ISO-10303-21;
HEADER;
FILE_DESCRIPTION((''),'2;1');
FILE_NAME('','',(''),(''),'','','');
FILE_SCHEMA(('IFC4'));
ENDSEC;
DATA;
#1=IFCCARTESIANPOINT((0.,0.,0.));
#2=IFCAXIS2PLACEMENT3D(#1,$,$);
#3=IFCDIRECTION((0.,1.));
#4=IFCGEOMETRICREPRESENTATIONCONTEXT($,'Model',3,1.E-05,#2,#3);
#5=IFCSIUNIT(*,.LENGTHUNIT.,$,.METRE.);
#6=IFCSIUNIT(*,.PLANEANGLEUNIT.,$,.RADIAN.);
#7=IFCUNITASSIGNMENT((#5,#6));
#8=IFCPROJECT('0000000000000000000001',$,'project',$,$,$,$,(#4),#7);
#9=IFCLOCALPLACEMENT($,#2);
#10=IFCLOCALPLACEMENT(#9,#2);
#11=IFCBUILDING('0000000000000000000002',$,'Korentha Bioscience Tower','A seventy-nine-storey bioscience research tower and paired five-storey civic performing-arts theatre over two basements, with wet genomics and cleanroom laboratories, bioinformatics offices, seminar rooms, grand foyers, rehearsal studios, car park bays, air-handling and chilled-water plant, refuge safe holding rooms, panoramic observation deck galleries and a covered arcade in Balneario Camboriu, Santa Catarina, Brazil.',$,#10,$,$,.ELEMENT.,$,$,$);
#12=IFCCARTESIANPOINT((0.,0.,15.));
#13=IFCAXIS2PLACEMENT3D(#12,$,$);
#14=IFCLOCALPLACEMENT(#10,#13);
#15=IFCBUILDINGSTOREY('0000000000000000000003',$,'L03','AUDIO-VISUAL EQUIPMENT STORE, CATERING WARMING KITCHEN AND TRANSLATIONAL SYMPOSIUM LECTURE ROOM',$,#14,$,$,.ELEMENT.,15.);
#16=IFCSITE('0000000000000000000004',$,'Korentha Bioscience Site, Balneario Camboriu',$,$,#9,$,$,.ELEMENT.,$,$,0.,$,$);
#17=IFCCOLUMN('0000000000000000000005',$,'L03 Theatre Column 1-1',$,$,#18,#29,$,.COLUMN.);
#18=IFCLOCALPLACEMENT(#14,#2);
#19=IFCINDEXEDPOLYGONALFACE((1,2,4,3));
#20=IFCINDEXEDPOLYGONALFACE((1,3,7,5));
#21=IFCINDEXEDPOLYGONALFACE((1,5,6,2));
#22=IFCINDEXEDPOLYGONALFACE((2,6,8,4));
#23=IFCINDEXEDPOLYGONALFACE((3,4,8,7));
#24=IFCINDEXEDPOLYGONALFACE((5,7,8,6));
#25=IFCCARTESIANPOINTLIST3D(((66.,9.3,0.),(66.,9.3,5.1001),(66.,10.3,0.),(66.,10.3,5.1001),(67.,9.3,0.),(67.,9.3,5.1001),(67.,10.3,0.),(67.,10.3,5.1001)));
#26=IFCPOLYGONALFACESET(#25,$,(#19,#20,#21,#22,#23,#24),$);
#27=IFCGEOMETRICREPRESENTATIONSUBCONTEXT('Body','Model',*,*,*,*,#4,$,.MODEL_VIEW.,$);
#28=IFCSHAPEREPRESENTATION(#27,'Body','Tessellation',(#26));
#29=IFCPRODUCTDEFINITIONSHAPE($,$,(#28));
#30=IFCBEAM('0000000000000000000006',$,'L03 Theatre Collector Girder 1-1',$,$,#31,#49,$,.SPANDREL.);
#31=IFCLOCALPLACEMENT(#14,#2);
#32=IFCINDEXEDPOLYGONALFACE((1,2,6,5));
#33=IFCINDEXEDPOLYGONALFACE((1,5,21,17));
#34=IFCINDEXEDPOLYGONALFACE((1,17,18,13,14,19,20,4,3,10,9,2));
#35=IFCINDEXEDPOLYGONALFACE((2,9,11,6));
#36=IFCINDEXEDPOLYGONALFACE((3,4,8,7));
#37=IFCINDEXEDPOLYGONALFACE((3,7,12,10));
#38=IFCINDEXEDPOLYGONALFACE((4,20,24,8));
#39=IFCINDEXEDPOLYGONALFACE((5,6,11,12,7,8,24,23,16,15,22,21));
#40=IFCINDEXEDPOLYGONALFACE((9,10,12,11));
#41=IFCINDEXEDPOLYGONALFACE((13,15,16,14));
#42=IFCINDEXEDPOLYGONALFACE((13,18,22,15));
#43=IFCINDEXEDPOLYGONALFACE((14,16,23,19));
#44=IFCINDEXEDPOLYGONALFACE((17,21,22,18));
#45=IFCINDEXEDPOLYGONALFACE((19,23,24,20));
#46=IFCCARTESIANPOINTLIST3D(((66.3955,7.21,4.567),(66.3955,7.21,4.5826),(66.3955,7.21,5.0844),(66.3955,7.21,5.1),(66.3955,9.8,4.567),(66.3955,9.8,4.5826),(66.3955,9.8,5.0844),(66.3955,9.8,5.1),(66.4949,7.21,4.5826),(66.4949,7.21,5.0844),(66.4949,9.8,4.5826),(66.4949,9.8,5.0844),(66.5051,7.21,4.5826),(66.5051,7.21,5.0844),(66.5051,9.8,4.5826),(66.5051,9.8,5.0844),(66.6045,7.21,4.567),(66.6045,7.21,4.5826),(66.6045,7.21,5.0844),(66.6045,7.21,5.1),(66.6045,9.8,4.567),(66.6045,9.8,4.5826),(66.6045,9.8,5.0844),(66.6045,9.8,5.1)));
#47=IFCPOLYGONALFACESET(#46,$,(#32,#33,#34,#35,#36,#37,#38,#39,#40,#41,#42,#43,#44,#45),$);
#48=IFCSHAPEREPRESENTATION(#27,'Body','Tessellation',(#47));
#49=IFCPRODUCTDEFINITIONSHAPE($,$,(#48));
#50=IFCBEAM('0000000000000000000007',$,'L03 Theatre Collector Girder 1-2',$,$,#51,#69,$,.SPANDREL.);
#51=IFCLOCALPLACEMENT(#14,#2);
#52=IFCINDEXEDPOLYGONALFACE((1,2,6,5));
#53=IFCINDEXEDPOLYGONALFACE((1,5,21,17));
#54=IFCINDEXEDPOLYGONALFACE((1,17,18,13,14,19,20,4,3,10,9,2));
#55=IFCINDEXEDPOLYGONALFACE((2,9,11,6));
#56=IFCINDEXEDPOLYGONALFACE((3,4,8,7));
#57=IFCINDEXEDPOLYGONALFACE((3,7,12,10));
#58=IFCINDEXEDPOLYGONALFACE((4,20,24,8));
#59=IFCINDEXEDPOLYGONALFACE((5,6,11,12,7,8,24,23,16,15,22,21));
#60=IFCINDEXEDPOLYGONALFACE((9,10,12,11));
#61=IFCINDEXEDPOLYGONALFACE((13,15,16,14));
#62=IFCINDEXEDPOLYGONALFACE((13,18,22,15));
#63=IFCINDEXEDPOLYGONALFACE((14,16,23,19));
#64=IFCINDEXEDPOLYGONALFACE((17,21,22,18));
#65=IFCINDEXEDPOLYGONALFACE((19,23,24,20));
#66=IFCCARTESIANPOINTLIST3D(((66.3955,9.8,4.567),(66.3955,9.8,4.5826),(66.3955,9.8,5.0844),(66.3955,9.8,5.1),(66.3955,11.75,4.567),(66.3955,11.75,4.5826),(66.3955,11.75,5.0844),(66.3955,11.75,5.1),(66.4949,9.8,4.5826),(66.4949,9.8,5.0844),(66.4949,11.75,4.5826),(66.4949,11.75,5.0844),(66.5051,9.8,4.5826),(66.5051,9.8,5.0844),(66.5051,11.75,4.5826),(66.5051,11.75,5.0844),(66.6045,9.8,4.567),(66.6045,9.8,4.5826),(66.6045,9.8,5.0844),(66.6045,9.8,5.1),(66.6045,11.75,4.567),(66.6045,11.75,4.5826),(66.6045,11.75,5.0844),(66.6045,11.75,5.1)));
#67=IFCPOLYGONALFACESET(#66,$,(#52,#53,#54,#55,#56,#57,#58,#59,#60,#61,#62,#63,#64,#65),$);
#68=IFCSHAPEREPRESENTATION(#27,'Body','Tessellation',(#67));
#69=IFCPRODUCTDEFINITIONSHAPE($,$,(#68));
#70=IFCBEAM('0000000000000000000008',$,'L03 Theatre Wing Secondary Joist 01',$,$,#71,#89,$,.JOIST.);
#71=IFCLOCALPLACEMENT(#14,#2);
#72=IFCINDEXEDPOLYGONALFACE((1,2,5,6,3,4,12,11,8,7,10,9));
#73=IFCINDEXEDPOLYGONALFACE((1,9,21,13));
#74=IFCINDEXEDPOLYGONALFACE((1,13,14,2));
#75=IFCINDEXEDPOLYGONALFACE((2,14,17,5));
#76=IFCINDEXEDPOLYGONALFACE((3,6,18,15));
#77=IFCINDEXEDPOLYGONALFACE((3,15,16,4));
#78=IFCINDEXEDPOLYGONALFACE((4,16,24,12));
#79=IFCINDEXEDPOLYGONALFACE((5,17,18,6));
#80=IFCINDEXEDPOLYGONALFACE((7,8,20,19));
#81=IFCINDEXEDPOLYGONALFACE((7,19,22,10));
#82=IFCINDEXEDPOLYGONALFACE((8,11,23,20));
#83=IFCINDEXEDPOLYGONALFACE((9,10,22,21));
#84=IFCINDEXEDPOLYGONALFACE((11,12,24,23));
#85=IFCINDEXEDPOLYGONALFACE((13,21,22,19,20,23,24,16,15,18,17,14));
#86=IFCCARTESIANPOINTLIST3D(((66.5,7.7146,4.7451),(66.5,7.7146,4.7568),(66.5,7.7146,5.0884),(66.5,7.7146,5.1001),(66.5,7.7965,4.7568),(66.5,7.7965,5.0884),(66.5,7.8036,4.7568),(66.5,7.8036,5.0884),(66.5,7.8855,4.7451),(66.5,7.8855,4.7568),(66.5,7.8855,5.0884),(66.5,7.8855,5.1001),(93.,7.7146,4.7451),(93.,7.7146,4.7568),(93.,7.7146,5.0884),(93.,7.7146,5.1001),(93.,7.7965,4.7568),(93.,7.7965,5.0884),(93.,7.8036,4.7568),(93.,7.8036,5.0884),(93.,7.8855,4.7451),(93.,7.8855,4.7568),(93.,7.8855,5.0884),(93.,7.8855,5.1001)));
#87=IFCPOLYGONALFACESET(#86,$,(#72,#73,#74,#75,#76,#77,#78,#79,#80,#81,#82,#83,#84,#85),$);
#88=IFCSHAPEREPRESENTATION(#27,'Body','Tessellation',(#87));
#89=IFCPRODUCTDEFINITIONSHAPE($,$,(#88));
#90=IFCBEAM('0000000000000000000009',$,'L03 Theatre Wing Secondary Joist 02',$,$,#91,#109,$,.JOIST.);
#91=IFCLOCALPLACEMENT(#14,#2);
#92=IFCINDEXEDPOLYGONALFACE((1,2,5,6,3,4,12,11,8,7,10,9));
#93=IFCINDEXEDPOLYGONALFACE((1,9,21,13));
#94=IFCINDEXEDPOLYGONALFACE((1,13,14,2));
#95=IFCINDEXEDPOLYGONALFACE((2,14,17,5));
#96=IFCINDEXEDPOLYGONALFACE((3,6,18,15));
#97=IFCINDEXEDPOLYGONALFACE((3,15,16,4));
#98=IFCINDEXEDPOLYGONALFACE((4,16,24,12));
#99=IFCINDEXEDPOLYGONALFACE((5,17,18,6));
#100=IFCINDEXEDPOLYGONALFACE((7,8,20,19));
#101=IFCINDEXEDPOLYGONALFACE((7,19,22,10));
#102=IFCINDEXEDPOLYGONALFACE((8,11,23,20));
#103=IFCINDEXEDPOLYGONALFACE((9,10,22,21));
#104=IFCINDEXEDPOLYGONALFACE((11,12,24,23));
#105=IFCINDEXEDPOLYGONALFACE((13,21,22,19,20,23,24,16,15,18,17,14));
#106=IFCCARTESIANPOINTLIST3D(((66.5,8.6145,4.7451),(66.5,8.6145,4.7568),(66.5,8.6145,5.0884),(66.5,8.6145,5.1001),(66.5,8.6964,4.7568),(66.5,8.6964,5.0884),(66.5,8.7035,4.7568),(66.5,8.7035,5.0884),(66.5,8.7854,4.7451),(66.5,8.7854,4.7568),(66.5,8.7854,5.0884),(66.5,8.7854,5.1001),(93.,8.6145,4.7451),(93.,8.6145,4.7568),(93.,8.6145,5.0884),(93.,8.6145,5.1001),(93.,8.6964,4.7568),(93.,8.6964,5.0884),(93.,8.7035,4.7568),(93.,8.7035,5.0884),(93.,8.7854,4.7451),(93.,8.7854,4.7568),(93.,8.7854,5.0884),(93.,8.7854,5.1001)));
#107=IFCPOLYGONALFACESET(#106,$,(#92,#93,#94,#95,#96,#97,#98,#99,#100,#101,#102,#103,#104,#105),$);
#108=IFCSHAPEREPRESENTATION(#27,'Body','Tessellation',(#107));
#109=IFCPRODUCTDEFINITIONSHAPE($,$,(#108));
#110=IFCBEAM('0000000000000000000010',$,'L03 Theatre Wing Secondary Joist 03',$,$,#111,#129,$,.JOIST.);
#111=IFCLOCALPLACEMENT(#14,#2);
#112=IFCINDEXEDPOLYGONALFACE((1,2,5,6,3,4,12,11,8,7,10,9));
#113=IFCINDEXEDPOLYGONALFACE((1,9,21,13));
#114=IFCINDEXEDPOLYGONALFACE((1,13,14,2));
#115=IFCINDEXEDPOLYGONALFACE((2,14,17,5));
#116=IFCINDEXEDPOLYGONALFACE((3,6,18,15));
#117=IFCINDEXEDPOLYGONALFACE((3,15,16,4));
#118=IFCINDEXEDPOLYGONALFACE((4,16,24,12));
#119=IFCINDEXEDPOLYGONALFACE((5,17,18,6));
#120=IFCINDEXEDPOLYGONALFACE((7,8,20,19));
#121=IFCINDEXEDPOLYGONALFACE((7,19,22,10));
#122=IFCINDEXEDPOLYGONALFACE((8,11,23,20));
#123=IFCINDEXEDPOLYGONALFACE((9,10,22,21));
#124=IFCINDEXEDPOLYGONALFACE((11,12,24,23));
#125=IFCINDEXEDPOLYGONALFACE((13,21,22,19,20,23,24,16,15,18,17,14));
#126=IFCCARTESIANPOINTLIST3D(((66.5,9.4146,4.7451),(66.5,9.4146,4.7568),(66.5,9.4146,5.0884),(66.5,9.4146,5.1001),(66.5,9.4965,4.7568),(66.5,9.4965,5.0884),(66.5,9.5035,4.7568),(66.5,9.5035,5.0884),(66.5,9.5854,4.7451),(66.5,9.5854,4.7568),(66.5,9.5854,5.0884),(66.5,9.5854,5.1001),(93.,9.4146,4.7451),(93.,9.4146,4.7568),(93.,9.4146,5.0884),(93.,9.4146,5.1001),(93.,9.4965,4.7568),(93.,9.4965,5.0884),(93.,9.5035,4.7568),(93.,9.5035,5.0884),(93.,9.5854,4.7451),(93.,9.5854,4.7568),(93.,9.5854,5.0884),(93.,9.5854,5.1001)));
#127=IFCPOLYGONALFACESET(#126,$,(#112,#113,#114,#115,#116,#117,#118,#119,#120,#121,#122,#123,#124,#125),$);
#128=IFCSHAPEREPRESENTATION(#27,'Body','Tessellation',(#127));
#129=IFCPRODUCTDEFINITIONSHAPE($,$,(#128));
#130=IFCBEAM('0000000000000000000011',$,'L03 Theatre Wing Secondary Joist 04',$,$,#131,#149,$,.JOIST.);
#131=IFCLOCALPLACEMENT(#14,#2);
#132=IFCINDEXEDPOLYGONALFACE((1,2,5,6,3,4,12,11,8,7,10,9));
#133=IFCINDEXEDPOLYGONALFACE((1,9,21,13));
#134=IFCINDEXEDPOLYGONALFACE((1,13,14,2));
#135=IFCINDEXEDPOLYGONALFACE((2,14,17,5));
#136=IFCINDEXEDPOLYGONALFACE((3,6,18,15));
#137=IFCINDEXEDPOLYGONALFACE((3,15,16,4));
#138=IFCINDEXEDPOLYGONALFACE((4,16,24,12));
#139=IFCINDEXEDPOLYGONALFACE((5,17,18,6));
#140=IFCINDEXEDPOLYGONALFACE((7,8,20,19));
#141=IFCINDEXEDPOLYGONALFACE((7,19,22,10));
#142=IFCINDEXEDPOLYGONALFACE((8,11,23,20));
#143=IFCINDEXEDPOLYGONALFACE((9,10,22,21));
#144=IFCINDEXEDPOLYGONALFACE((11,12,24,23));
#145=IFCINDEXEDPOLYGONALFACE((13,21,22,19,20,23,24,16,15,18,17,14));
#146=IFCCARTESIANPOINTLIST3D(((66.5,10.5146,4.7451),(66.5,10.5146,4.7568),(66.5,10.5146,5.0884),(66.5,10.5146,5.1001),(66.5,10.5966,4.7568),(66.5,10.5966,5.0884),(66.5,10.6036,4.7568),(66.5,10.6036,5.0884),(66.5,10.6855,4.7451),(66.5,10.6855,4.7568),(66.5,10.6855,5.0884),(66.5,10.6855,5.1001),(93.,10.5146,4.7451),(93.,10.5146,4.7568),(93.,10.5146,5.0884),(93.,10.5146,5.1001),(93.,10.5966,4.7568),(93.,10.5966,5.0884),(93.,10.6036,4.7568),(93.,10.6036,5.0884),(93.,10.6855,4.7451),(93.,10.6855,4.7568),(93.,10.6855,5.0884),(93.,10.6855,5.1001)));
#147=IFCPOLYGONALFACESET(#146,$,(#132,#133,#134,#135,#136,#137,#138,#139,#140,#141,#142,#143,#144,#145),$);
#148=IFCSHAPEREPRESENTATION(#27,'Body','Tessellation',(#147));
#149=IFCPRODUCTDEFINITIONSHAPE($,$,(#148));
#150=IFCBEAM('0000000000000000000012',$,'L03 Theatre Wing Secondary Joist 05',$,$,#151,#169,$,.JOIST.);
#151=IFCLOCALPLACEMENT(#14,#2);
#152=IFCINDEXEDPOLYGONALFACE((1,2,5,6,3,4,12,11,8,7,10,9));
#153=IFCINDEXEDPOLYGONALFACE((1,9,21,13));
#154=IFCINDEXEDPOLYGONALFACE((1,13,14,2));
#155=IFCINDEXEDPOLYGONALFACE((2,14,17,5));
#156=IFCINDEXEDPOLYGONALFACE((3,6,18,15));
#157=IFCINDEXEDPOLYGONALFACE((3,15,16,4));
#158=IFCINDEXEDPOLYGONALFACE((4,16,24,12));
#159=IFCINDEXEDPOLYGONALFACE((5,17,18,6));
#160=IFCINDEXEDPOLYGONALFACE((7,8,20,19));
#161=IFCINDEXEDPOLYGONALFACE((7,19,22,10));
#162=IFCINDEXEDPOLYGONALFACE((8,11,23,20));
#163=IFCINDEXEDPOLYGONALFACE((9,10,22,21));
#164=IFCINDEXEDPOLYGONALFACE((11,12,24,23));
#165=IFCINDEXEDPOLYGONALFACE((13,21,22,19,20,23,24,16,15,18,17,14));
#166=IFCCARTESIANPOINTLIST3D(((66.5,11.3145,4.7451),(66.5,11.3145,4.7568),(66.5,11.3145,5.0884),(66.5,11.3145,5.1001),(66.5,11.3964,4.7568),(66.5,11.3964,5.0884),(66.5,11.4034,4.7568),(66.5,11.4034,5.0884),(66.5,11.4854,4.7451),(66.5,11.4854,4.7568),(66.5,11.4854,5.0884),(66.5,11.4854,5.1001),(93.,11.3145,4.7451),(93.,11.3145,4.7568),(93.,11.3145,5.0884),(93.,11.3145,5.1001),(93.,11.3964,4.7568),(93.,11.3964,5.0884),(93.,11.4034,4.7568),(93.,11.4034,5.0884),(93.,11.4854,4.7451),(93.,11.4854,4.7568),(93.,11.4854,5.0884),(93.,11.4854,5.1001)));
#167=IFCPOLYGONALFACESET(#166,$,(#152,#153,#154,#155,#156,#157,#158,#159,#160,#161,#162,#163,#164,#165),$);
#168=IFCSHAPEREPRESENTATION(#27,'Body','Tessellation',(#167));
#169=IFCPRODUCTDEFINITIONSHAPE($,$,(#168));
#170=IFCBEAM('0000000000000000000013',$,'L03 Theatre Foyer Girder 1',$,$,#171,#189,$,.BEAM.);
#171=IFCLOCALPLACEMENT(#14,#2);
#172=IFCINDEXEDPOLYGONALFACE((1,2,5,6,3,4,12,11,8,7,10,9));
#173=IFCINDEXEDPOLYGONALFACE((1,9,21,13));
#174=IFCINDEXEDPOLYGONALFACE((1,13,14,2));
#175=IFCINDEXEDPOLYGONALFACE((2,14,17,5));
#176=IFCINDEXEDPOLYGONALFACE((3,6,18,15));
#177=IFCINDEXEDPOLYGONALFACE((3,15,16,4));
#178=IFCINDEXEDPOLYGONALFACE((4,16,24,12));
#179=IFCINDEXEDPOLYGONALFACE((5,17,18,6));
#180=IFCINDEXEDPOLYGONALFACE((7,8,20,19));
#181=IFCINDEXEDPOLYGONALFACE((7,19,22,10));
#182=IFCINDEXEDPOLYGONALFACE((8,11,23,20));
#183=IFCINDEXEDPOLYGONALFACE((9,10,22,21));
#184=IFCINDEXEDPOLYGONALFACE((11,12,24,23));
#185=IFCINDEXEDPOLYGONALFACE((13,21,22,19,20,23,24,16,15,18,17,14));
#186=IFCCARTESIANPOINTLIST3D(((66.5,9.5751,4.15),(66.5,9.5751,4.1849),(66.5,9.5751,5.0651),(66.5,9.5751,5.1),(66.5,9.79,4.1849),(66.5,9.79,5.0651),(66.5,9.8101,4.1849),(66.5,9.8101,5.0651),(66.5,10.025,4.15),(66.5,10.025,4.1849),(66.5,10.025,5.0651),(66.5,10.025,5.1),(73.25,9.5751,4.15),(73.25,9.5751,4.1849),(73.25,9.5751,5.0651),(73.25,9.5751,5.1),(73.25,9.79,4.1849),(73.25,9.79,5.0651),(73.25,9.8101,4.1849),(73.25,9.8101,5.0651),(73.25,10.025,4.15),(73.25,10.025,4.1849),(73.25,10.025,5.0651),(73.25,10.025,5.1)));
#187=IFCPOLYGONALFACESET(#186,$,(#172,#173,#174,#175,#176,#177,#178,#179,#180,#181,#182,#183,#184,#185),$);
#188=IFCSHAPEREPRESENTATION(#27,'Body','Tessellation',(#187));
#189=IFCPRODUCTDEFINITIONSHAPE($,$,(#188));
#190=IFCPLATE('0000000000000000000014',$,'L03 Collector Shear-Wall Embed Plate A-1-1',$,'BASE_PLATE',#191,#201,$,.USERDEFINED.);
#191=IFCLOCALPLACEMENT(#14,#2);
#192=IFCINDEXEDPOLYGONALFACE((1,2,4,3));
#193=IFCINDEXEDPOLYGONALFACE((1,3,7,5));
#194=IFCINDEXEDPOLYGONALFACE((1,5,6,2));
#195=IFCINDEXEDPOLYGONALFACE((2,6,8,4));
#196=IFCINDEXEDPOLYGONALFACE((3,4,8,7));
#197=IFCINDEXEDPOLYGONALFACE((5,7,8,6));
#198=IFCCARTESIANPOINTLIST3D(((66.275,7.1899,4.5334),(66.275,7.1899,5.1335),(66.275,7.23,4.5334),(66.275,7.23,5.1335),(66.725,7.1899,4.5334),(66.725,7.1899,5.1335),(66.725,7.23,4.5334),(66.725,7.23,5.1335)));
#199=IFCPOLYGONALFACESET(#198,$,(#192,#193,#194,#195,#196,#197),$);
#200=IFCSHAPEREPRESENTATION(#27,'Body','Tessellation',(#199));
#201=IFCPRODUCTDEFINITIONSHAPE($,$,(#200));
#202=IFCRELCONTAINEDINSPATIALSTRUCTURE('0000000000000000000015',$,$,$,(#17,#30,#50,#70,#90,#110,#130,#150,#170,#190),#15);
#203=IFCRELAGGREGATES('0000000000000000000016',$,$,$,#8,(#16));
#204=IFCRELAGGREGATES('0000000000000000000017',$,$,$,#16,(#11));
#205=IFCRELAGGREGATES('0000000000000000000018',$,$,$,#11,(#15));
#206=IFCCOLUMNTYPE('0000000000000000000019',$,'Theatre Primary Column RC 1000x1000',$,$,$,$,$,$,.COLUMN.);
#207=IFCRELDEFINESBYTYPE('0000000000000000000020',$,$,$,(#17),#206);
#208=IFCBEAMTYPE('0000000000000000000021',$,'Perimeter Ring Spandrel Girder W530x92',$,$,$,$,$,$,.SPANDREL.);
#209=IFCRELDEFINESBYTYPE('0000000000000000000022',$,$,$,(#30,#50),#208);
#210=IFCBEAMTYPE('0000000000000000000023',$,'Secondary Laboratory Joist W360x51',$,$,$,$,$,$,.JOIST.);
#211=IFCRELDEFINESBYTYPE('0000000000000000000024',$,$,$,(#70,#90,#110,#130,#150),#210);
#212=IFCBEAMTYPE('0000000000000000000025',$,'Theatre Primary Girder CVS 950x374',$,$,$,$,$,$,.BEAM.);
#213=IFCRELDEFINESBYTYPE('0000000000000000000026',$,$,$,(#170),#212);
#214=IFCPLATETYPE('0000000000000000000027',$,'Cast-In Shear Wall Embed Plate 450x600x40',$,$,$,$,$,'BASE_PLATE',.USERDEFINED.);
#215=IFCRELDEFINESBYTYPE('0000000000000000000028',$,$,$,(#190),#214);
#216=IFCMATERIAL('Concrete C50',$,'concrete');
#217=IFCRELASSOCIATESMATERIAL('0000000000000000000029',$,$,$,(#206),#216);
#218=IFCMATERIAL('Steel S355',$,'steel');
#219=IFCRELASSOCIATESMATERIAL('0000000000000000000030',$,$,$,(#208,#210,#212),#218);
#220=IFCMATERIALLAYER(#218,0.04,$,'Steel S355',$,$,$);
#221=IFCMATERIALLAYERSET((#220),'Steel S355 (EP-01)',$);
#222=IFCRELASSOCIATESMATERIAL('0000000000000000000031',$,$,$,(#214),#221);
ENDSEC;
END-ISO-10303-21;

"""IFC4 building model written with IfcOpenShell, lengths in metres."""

from ifc_helpers import new_model, si_unit, direction, frame, origin, origin_2d, place, context, subcontext, project, spatial, rectangle, i_section, extrude, material, layer, layer_set, material_profile, profile_set, type_object, element, save


model = new_model("IFC4")

# Units and contexts
model_context = context("Model", 3, precision=1e-05, world=origin(), true_north=direction((0.0, 1.0)))
body_context = subcontext(model_context, "Body", "Model", "MODEL_VIEW")
ifc_project = project(units=[si_unit("LENGTHUNIT", "METRE"), si_unit("PLANEANGLEUNIT", "RADIAN")], contexts=[model_context])

# Site, building, storey
site_placement = place(None, origin())
site = spatial("IfcSite", under=ifc_project, at=site_placement, Name="Korentha Bioscience Site, Balneario Camboriu", CompositionType="ELEMENT", RefElevation=0.0)
building_placement = place(site_placement, origin())
building = spatial("IfcBuilding", under=site, at=building_placement, Name="Korentha Bioscience Tower", Description="A seventy-nine-storey bioscience research tower and paired five-storey civic performing-arts theatre over two basements, with wet genomics and cleanroom laboratories, bioinformatics offices, seminar rooms, grand foyers, rehearsal studios, car park bays, air-handling and chilled-water plant, refuge safe holding rooms, panoramic observation deck galleries and a covered arcade in Balneario Camboriu, Santa Catarina, Brazil.", CompositionType="ELEMENT")
storey_placement = place(building_placement, frame((0.0, 0.0, 15.0)))
storey = spatial("IfcBuildingStorey", under=building, at=storey_placement, Name="L03", Description="AUDIO-VISUAL EQUIPMENT STORE, CATERING WARMING KITCHEN AND TRANSLATIONAL SYMPOSIUM LECTURE ROOM", CompositionType="ELEMENT", Elevation=15.0)

# Column
ifc_material_1 = material(Name="Concrete C50", Category="concrete")
ifc_material_profile_1 = material_profile(ifc_material_1, rectangle(XDim=1.0, YDim=1.0, at=origin_2d()), Name="Concrete C50")
ifc_profile_set_1 = profile_set([ifc_material_profile_1], Name="Concrete C50 (TC-01)")
column_type = type_object("IfcColumnType", Name="Theatre Primary Column RC 1000x1000", PredefinedType="COLUMN", material=ifc_profile_set_1)
column_placement = place(storey_placement, frame((66.5, 9.8, 0.0), z_axis=(0.0, 0.0, 1.0), x_axis=(1.0, 0.0, 0.0)))
element("IfcColumn", 1, at=column_placement, inside=storey, type_object=column_type, Name="L03 Theatre Column 1-1", PredefinedType="COLUMN", context=body_context, shape_type="SweptSolid", body=[
    extrude(rectangle(XDim=1.0, YDim=1.0, at=origin_2d()), origin(), (0.0, 0.0, 1.0), 5.1001),
])

# Beams
ifc_material_2 = material(Name="Steel S355", Category="steel")
ifc_material_profile_2 = material_profile(ifc_material_2, i_section(OverallWidth=0.209, OverallDepth=0.533, WebThickness=0.0103, FlangeThickness=0.0156, at=origin_2d()), Name="Steel S355")
ifc_profile_set_2 = profile_set([ifc_material_profile_2], Name="Steel S355 (SB-530)")
beam_type_1 = type_object("IfcBeamType", Name="Perimeter Ring Spandrel Girder W530x92", PredefinedType="SPANDREL", material=ifc_profile_set_2)
beam_1_placement = place(storey_placement, frame((66.5, 7.21, 4.8335), z_axis=(0.0, 1.0, 0.0), x_axis=(-1.0, 0.0, 0.0)))
element("IfcBeam", 2, at=beam_1_placement, inside=storey, type_object=beam_type_1, Name="L03 Theatre Collector Girder 1-1", PredefinedType="SPANDREL", context=body_context, shape_type="SweptSolid", body=[
    extrude(i_section(OverallWidth=0.209, OverallDepth=0.533, WebThickness=0.0103, FlangeThickness=0.0156, at=origin_2d()), origin(), (0.0, 0.0, 1.0), 2.5901),
])
beam_2_placement = place(storey_placement, frame((66.5, 9.8, 4.8335), z_axis=(0.0, 1.0, 0.0), x_axis=(-1.0, 0.0, 0.0)))
element("IfcBeam", 3, at=beam_2_placement, inside=storey, type_object=beam_type_1, Name="L03 Theatre Collector Girder 1-2", PredefinedType="SPANDREL", context=body_context, shape_type="SweptSolid", body=[
    extrude(i_section(OverallWidth=0.209, OverallDepth=0.533, WebThickness=0.0103, FlangeThickness=0.0156, at=origin_2d()), origin(), (0.0, 0.0, 1.0), 1.95),
])
ifc_material_profile_3 = material_profile(ifc_material_2, i_section(OverallWidth=0.1709, OverallDepth=0.355, WebThickness=0.0071, FlangeThickness=0.0117, at=origin_2d()), Name="Steel S355")
ifc_profile_set_3 = profile_set([ifc_material_profile_3], Name="Steel S355 (JB-360)")
beam_type_2 = type_object("IfcBeamType", Name="Secondary Laboratory Joist W360x51", PredefinedType="JOIST", material=ifc_profile_set_3)
for number, where, z_axis, x_axis, name in (
    (4, (66.5, 7.8, 4.9226), (1.0, 0.0, 0.0), (0.0, 1.0, 0.0), "L03 Theatre Wing Secondary Joist 01"),
    (5, (66.5, 8.7, 4.9226), (1.0, 0.0, 0.0), (0.0, 1.0, 0.0), "L03 Theatre Wing Secondary Joist 02"),
    (6, (66.5, 9.5, 4.9226), (1.0, 0.0, 0.0), (0.0, 1.0, 0.0), "L03 Theatre Wing Secondary Joist 03"),
    (7, (66.5, 10.6001, 4.9226), (1.0, 0.0, 0.0), (0.0, 1.0, 0.0), "L03 Theatre Wing Secondary Joist 04"),
    (8, (66.5, 11.3999, 4.9226), (1.0, 0.0, 0.0), (0.0, 1.0, 0.0), "L03 Theatre Wing Secondary Joist 05"),
):
    element("IfcBeam", number, at=place(storey_placement, frame(where, z_axis=z_axis, x_axis=x_axis)), inside=storey, type_object=beam_type_2, Name=name, PredefinedType="JOIST", context=body_context, shape_type="SweptSolid", body=[
        extrude(i_section(OverallWidth=0.1709, OverallDepth=0.355, WebThickness=0.0071, FlangeThickness=0.0117, at=origin_2d()), origin(), (0.0, 0.0, 1.0), 26.5),
    ])
ifc_material_profile_4 = material_profile(ifc_material_2, i_section(OverallWidth=0.45, OverallDepth=0.95, WebThickness=0.02, FlangeThickness=0.0349, at=origin_2d()), Name="Steel S355")
ifc_profile_set_4 = profile_set([ifc_material_profile_4], Name="Steel S355 (TB-950)")
beam_type_3 = type_object("IfcBeamType", Name="Theatre Primary Girder CVS 950x374", PredefinedType="BEAM", material=ifc_profile_set_4)
beam_3_placement = place(storey_placement, frame((66.5, 9.8, 4.625), z_axis=(1.0, 0.0, 0.0), x_axis=(0.0, 1.0, 0.0)))
element("IfcBeam", 9, at=beam_3_placement, inside=storey, type_object=beam_type_3, Name="L03 Theatre Foyer Girder 1", PredefinedType="BEAM", context=body_context, shape_type="SweptSolid", body=[
    extrude(i_section(OverallWidth=0.45, OverallDepth=0.95, WebThickness=0.02, FlangeThickness=0.0349, at=origin_2d()), origin(), (0.0, 0.0, 1.0), 6.75),
])

# Plate
ifc_layer_1 = layer(ifc_material_2, 0.04, Name="Steel S355")
ifc_layer_set_1 = layer_set([ifc_layer_1], Name="Steel S355 (EP-01)")
plate_type = type_object("IfcPlateType", Name="Cast-In Shear Wall Embed Plate 450x600x40", ElementType="BASE_PLATE", PredefinedType="USERDEFINED", material=ifc_layer_set_1)
for number, where, z_axis, x_axis, name in (
    (10, (66.5, 7.21, 4.5334), (0.0, 0.0, 1.0), (1.0, 0.0, 0.0), "L03 Collector Shear-Wall Embed Plate A-1-1"),
):
    element("IfcPlate", number, at=place(storey_placement, frame(where, z_axis=z_axis, x_axis=x_axis)), inside=storey, type_object=plate_type, Name=name, ObjectType="BASE_PLATE", PredefinedType="USERDEFINED", context=body_context, shape_type="SweptSolid", body=[
        extrude(rectangle(XDim=0.45, YDim=0.04, at=origin_2d()), origin(), (0.0, 0.0, 1.0), 0.6001),
    ])

save(model, "model.ifc")
